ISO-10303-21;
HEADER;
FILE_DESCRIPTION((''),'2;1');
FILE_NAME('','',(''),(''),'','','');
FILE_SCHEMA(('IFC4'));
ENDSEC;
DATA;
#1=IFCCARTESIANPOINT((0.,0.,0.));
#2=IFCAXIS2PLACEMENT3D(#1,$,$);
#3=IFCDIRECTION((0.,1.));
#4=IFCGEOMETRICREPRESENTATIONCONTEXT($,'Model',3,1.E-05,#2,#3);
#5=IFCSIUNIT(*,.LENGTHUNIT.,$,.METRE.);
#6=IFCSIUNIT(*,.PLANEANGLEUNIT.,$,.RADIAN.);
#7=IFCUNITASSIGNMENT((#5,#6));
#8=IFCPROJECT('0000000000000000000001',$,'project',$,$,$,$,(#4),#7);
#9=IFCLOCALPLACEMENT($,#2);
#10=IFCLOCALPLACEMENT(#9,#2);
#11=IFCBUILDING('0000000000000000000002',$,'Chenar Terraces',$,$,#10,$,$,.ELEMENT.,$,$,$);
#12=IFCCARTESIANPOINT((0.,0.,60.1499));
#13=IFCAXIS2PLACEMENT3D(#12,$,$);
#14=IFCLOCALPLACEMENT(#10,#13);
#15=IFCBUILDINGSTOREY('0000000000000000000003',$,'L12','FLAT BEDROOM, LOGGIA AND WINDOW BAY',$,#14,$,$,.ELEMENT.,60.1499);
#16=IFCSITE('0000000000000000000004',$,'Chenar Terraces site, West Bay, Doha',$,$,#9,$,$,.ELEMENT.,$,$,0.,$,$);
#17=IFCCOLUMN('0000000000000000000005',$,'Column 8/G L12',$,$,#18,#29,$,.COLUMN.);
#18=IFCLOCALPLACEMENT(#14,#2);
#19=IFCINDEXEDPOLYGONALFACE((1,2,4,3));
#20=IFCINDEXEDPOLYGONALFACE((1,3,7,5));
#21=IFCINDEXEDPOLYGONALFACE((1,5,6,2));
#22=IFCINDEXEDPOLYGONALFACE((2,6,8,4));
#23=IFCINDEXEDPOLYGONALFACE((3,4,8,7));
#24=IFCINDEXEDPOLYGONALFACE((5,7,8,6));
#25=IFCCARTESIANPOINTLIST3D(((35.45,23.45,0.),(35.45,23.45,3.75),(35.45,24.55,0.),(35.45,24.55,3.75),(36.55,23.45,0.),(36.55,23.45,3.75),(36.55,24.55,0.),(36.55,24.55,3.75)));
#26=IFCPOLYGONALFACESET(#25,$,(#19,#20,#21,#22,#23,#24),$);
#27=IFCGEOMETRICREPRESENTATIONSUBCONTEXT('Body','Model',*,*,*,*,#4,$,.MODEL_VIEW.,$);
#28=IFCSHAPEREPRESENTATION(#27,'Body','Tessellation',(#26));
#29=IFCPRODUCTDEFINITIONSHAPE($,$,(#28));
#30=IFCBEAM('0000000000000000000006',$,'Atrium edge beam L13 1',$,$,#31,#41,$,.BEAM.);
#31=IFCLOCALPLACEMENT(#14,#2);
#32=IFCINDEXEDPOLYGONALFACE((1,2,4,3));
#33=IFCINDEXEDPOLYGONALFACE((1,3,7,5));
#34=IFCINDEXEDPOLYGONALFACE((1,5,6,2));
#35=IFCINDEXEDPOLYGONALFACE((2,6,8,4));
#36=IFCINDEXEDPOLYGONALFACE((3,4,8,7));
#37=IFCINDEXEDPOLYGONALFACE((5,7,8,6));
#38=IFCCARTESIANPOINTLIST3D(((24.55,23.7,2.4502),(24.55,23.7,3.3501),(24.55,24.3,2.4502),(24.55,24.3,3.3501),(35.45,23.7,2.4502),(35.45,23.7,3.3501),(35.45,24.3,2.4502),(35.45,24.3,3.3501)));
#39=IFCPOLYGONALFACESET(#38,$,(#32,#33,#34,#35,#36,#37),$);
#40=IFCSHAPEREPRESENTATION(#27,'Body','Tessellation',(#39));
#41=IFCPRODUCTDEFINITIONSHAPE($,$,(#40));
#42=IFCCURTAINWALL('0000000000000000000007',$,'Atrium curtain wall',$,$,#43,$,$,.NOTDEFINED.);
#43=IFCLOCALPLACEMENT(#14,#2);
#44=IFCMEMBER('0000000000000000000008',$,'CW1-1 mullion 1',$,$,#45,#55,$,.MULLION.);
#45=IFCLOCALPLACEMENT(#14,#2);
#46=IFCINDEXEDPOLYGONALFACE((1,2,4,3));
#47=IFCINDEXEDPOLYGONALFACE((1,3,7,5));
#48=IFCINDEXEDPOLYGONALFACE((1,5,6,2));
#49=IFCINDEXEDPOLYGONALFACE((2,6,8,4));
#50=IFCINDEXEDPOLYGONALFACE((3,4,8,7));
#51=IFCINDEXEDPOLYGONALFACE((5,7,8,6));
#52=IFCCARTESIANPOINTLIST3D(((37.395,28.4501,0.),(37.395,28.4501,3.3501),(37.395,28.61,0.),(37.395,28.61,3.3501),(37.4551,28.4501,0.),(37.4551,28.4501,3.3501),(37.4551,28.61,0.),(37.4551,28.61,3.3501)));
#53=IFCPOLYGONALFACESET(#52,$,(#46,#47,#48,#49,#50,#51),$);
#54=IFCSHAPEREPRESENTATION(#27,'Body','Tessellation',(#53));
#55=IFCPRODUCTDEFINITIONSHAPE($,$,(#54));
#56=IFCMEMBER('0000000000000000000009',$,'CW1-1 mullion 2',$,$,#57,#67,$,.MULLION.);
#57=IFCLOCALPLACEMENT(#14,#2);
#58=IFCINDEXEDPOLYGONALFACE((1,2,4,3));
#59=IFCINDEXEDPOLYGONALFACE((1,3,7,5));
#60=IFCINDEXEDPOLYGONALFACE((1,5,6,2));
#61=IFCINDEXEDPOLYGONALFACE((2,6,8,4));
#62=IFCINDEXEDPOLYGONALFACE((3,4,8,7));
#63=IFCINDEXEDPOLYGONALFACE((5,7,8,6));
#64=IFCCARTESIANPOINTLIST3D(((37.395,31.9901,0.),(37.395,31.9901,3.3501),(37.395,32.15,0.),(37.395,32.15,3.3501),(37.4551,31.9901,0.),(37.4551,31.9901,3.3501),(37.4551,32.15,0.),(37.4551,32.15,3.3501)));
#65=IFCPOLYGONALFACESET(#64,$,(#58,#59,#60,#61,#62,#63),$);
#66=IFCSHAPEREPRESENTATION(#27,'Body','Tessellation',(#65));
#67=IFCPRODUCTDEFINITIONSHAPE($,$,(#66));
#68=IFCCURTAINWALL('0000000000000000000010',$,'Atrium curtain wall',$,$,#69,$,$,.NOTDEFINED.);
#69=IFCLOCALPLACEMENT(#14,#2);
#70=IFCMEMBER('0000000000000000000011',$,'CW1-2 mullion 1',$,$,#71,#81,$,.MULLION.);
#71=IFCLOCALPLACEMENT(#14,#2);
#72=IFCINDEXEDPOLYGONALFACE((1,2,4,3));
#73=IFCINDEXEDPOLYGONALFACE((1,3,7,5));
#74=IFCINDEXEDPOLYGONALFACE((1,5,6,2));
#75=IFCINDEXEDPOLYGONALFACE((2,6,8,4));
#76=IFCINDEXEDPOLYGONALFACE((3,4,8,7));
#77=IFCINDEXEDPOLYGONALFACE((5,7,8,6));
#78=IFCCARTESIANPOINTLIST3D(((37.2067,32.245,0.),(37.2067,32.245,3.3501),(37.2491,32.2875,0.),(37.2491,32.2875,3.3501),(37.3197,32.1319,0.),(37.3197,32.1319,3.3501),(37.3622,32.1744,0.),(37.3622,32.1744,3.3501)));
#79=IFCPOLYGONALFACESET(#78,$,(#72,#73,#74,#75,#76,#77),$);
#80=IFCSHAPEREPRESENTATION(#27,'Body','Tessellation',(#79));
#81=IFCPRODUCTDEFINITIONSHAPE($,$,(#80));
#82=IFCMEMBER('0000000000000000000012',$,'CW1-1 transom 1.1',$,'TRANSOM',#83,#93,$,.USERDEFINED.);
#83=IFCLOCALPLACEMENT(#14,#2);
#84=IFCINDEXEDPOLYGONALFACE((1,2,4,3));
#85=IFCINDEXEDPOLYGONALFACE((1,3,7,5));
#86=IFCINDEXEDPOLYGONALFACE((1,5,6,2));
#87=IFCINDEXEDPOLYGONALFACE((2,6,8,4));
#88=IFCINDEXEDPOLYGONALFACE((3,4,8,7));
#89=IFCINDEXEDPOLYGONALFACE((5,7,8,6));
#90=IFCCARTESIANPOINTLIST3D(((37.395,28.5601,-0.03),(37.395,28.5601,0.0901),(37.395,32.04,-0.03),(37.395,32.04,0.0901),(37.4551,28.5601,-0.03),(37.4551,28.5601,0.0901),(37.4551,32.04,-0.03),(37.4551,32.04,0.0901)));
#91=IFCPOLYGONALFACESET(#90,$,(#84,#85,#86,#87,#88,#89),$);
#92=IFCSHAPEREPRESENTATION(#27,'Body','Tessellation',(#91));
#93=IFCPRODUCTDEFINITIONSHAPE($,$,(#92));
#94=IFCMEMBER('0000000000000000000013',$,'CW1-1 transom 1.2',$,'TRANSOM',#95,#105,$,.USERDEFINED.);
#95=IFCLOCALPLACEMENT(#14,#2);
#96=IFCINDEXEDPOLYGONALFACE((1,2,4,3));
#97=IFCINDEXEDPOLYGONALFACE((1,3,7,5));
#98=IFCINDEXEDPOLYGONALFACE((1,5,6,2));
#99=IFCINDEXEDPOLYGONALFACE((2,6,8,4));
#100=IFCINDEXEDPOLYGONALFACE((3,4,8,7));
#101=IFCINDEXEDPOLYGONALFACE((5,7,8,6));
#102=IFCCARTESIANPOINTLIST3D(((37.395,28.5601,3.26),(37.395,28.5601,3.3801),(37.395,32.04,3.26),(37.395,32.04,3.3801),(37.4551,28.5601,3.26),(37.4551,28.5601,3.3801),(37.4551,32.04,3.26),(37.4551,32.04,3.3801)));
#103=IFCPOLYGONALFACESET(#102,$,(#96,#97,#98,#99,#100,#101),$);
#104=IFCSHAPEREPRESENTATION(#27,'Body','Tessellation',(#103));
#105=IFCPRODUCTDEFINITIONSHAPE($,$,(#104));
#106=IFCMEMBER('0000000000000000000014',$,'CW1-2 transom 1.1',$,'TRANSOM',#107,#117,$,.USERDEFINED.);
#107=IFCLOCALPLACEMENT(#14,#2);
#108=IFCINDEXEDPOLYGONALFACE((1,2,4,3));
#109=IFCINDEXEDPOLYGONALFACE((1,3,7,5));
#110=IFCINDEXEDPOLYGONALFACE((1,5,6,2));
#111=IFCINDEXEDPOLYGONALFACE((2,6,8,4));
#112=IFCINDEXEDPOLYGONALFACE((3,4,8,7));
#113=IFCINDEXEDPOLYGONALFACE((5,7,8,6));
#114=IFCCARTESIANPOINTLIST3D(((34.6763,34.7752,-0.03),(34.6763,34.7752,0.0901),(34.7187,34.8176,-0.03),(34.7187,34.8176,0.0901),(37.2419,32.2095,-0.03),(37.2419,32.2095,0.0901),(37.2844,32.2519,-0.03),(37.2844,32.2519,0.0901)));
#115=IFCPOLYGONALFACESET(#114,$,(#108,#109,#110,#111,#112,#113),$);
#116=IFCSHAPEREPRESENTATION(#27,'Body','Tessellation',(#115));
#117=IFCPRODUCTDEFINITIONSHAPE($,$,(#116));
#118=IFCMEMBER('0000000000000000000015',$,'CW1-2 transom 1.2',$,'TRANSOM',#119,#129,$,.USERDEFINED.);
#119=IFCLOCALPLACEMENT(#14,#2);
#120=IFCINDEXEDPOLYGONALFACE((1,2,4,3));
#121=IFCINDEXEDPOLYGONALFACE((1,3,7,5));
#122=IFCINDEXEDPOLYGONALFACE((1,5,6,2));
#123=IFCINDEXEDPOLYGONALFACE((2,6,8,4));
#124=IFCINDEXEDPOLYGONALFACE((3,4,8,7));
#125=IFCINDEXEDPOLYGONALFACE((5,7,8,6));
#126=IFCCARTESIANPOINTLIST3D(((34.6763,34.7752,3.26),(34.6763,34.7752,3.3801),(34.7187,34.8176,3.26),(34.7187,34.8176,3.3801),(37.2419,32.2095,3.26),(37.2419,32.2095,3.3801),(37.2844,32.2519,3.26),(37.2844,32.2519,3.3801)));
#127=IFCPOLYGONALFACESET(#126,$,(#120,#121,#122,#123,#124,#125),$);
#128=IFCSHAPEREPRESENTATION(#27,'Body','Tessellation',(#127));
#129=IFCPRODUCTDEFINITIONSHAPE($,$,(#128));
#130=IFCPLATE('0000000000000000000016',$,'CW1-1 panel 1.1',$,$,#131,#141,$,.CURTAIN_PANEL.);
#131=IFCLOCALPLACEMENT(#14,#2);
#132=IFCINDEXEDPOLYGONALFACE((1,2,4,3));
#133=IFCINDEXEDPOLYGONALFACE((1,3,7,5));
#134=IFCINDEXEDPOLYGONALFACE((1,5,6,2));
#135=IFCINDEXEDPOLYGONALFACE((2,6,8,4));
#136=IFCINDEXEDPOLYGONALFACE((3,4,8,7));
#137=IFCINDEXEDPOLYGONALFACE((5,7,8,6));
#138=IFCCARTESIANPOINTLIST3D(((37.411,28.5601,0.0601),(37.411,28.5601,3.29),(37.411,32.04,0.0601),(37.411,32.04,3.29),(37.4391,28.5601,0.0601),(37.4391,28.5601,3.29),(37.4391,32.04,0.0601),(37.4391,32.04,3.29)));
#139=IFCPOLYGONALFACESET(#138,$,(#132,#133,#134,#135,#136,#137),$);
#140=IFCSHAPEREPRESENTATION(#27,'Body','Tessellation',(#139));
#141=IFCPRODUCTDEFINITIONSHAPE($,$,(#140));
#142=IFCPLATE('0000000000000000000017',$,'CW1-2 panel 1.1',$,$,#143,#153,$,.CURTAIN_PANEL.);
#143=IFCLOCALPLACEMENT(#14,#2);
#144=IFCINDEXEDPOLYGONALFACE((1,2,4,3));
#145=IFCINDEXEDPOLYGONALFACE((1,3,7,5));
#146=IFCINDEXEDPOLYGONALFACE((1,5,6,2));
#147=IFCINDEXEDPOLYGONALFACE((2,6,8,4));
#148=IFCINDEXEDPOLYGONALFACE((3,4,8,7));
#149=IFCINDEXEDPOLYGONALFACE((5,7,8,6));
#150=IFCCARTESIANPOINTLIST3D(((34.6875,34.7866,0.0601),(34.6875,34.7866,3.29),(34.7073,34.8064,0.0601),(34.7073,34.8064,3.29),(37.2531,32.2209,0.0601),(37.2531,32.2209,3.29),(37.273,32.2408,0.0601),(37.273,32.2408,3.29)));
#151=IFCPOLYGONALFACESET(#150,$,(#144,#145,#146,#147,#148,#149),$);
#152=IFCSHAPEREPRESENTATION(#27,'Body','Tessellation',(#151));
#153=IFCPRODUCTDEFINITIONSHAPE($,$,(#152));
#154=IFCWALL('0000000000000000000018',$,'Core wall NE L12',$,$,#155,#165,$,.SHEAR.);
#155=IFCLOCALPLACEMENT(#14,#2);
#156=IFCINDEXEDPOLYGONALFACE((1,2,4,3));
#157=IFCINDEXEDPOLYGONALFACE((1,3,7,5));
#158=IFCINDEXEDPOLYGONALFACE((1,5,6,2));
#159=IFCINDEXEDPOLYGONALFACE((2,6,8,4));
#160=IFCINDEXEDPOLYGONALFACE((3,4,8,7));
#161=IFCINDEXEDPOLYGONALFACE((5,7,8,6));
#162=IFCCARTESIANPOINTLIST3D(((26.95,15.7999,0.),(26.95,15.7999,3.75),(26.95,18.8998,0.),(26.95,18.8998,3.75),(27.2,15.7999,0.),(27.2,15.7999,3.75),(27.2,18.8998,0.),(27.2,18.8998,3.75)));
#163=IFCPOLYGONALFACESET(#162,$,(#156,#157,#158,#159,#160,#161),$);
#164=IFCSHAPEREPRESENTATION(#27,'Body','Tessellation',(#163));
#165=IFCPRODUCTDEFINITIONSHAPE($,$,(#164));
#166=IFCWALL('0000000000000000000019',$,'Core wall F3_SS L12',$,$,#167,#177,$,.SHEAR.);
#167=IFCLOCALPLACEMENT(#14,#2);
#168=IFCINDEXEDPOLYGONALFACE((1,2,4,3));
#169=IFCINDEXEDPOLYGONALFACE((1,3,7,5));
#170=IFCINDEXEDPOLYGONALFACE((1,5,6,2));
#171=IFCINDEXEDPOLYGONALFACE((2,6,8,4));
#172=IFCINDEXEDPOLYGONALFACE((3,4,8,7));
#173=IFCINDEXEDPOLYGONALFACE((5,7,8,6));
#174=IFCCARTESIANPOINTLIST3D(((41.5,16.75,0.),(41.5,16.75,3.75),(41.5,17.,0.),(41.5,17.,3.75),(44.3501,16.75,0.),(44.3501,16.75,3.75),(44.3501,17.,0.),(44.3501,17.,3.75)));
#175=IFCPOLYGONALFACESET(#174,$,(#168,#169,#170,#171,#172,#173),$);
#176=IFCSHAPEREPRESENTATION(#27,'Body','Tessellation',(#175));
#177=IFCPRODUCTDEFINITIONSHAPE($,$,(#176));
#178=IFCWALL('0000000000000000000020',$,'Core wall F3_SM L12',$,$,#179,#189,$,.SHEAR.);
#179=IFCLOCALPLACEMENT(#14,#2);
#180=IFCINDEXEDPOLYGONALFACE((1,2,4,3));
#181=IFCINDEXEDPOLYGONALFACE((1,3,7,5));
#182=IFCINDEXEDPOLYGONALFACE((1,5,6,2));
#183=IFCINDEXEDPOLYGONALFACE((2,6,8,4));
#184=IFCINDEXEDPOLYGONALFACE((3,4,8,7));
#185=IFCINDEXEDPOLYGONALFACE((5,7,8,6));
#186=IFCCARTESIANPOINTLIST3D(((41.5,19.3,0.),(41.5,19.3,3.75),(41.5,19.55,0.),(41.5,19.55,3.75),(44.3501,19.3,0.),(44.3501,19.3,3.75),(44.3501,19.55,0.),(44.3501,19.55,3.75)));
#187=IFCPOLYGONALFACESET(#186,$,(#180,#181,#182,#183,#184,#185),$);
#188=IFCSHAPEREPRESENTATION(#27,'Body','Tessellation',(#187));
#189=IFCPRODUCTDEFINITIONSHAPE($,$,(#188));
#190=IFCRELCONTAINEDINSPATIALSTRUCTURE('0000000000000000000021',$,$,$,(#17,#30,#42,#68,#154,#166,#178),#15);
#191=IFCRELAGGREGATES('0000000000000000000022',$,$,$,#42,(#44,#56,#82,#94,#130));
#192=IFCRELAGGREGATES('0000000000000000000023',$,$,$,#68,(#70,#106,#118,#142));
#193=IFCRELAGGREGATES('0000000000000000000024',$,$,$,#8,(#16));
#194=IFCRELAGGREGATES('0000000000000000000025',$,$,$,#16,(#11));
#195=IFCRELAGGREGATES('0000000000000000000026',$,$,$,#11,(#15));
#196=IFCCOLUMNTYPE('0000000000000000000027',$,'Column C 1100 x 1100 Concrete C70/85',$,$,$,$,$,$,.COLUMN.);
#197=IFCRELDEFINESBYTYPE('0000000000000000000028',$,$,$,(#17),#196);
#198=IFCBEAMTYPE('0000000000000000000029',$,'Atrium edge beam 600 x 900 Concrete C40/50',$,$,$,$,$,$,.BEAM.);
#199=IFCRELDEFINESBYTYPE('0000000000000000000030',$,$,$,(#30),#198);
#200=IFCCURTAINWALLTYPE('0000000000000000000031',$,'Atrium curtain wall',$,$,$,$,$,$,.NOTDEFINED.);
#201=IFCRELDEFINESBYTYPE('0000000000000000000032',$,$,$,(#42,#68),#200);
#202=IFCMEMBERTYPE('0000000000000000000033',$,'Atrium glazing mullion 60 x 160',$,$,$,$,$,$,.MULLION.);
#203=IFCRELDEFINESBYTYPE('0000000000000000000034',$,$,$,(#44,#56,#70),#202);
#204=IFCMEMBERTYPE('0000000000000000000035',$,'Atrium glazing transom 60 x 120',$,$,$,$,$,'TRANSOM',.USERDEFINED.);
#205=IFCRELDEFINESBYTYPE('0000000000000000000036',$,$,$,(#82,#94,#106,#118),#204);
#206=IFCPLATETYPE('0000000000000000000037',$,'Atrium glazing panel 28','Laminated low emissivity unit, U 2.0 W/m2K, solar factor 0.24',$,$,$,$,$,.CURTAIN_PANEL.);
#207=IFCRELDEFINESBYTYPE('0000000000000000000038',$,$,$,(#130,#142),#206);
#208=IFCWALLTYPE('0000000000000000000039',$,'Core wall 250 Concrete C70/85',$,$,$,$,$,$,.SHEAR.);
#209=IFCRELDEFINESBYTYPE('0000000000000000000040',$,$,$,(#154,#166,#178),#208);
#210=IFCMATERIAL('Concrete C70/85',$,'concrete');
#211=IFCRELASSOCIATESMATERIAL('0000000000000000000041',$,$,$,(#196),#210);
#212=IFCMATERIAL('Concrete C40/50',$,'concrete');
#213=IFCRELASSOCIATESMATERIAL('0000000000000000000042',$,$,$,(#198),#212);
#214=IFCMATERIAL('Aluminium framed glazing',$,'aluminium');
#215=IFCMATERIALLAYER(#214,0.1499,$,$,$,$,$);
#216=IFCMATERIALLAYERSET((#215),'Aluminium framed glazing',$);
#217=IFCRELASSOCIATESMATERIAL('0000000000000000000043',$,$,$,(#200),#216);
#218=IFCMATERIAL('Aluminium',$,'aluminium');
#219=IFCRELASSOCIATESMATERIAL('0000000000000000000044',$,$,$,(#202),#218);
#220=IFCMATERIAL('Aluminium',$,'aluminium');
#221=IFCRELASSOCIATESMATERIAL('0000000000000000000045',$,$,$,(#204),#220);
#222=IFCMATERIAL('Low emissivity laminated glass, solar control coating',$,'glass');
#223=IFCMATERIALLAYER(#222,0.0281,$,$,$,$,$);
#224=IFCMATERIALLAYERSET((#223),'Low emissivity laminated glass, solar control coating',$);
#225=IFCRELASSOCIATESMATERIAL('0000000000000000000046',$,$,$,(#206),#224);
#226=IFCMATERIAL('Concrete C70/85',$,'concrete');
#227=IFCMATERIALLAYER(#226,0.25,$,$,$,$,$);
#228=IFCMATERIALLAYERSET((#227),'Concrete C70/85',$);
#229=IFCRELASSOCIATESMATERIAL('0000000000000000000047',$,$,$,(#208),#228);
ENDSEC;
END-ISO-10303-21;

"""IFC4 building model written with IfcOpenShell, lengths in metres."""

from ifc_helpers import new_model, si_unit, direction, frame, frame_2d, origin, origin_2d, place, context, subcontext, project, spatial, rectangle, extrude, material, layer, layer_set, material_profile, profile_set, type_object, element, aggregate, save


model = new_model("IFC4")

# Units and contexts
model_context = context("Model", 3, precision=1e-05, world=origin(), true_north=direction((0.0, 1.0)))
body_context = subcontext(model_context, "Body", "Model", "MODEL_VIEW")
ifc_project = project(units=[si_unit("LENGTHUNIT", "METRE"), si_unit("PLANEANGLEUNIT", "RADIAN")], contexts=[model_context])

# Site, building, storey
site_placement = place(None, origin())
site = spatial("IfcSite", under=ifc_project, at=site_placement, Name="Chenar Terraces site, West Bay, Doha", CompositionType="ELEMENT", RefElevation=0.0)
building_placement = place(site_placement, origin())
building = spatial("IfcBuilding", under=site, at=building_placement, Name="Chenar Terraces", CompositionType="ELEMENT")
storey_placement = place(building_placement, frame((0.0, 0.0, 60.1499)))
storey = spatial("IfcBuildingStorey", under=building, at=storey_placement, Name="L12", Description="FLAT BEDROOM, LOGGIA AND WINDOW BAY", CompositionType="ELEMENT", Elevation=60.1499)

# Column
ifc_material_1 = material(Name="Concrete C70/85", Category="concrete")
ifc_material_profile_1 = material_profile(ifc_material_1, rectangle(XDim=1.1001, YDim=1.1001, at=origin_2d()), Name="C 1100 x 1100")
ifc_profile_set_1 = profile_set([ifc_material_profile_1], Name="Concrete C70/85")
column_type = type_object("IfcColumnType", Name="Column C 1100 x 1100 Concrete C70/85", PredefinedType="COLUMN", material=ifc_profile_set_1)
column_placement = place(storey_placement, frame((36.0, 24.0, 0.0), z_axis=(0.0, 0.0, 1.0), x_axis=(1.0, 0.0, 0.0)))
element("IfcColumn", 1, at=column_placement, inside=storey, type_object=column_type, Name="Column 8/G L12", PredefinedType="COLUMN", context=body_context, shape_type="SweptSolid", body=[
    extrude(rectangle(XDim=1.1001, YDim=1.1001, at=origin_2d()), origin(), (0.0, 0.0, 1.0), 3.75),
])

# Beam
ifc_material_2 = material(Name="Concrete C40/50", Category="concrete")
ifc_material_profile_2 = material_profile(ifc_material_2, rectangle(XDim=0.6001, YDim=0.8999, at=origin_2d()), Name="RC 600 x 900")
ifc_profile_set_2 = profile_set([ifc_material_profile_2], Name="Concrete C40/50")
beam_type = type_object("IfcBeamType", Name="Atrium edge beam 600 x 900 Concrete C40/50", PredefinedType="BEAM", material=ifc_profile_set_2)
beam_placement = place(storey_placement, frame((24.55, 24.0, 2.9001), z_axis=(1.0, 0.0, 0.0), x_axis=(0.0, 1.0, 0.0)))
element("IfcBeam", 2, at=beam_placement, inside=storey, type_object=beam_type, Name="Atrium edge beam L13 1", PredefinedType="BEAM", context=body_context, shape_type="SweptSolid", body=[
    extrude(rectangle(XDim=0.6001, YDim=0.8999, at=origin_2d()), origin(), (0.0, 0.0, 1.0), 10.8999),
])

# Curtain wall, members
ifc_material_3 = material(Name="Aluminium framed glazing", Category="aluminium")
ifc_layer_1 = layer(ifc_material_3, 0.1499)
ifc_layer_set_1 = layer_set([ifc_layer_1], Name="Aluminium framed glazing")
curtain_wall_type = type_object("IfcCurtainWallType", Name="Atrium curtain wall", PredefinedType="NOTDEFINED", material=ifc_layer_set_1)
placement = place(storey_placement, origin())
curtain_wall_1 = element("IfcCurtainWall", 3, at=placement, inside=storey, type_object=curtain_wall_type, Name="Atrium curtain wall", PredefinedType="NOTDEFINED")
ifc_material_4 = material(Name="Aluminium", Category="aluminium")
ifc_material_profile_3 = material_profile(ifc_material_4, rectangle(XDim=0.0601, YDim=0.1599, at=origin_2d()), Name="Atrium glazing mullion 60 x 160")
ifc_profile_set_3 = profile_set([ifc_material_profile_3], Name="Aluminium")
member_type_1 = type_object("IfcMemberType", Name="Atrium glazing mullion 60 x 160", PredefinedType="MULLION", material=ifc_profile_set_3)
member_1_placement = place(storey_placement, frame((37.425, 28.53, 0.0), z_axis=(0.0, 0.0, 1.0), x_axis=(-1.0, 0.0, 0.0)))
member_1 = element("IfcMember", 4, at=member_1_placement, type_object=member_type_1, Name="CW1-1 mullion 1", PredefinedType="MULLION", context=body_context, shape_type="SweptSolid", body=[
    extrude(rectangle(XDim=0.0601, YDim=0.1599, at=origin_2d()), origin(), (0.0, 0.0, 1.0), 3.3501),
])
member_2_placement = place(storey_placement, frame((37.425, 32.0701, 0.0), z_axis=(0.0, 0.0, 1.0), x_axis=(-1.0, 0.0, 0.0)))
member_2 = element("IfcMember", 5, at=member_2_placement, type_object=member_type_1, Name="CW1-1 mullion 2", PredefinedType="MULLION", context=body_context, shape_type="SweptSolid", body=[
    extrude(rectangle(XDim=0.0601, YDim=0.1599, at=origin_2d()), origin(), (0.0, 0.0, 1.0), 3.3501),
])

# Curtain wall, member
curtain_wall_2 = element("IfcCurtainWall", 6, at=placement, inside=storey, type_object=curtain_wall_type, Name="Atrium curtain wall", PredefinedType="NOTDEFINED")
member_3_placement = place(storey_placement, frame((37.2844, 32.2097, 0.0), z_axis=(0.0, 0.0, 1.0), x_axis=(-0.707107, -0.707107, 0.0)))
member_3 = element("IfcMember", 7, at=member_3_placement, type_object=member_type_1, Name="CW1-2 mullion 1", PredefinedType="MULLION", context=body_context, shape_type="SweptSolid", body=[
    extrude(rectangle(XDim=0.0601, YDim=0.1599, at=origin_2d()), origin(), (0.0, 0.0, 1.0), 3.3501),
])

# Members
ifc_material_5 = material(Name="Aluminium", Category="aluminium")
ifc_material_profile_4 = material_profile(ifc_material_5, rectangle(XDim=0.0601, YDim=0.1201, at=origin_2d()), Name="Atrium glazing transom 60 x 120")
ifc_profile_set_4 = profile_set([ifc_material_profile_4], Name="Aluminium")
member_type_2 = type_object("IfcMemberType", Name="Atrium glazing transom 60 x 120", ElementType="TRANSOM", PredefinedType="USERDEFINED", material=ifc_profile_set_4)
member_4_placement = place(storey_placement, frame((37.425, 28.5601, 0.03), z_axis=(0.0, 1.0, 0.0), x_axis=(-1.0, 0.0, 0.0)))
member_4 = element("IfcMember", 8, at=member_4_placement, type_object=member_type_2, Name="CW1-1 transom 1.1", ObjectType="TRANSOM", PredefinedType="USERDEFINED", context=body_context, shape_type="SweptSolid", body=[
    extrude(rectangle(XDim=0.0601, YDim=0.1201, at=origin_2d()), origin(), (0.0, 0.0, 1.0), 3.48),
])
member_5_placement = place(storey_placement, frame((37.425, 28.5601, 3.3201), z_axis=(0.0, 1.0, 0.0), x_axis=(-1.0, 0.0, 0.0)))
member_5 = element("IfcMember", 9, at=member_5_placement, type_object=member_type_2, Name="CW1-1 transom 1.2", ObjectType="TRANSOM", PredefinedType="USERDEFINED", context=body_context, shape_type="SweptSolid", body=[
    extrude(rectangle(XDim=0.0601, YDim=0.1201, at=origin_2d()), origin(), (0.0, 0.0, 1.0), 3.48),
])
member_6_placement = place(storey_placement, frame((37.2632, 32.2307, 0.03), z_axis=(-0.707107, 0.707107, 0.0), x_axis=(-0.707107, -0.707107, 0.0)))
member_6 = element("IfcMember", 10, at=member_6_placement, type_object=member_type_2, Name="CW1-2 transom 1.1", ObjectType="TRANSOM", PredefinedType="USERDEFINED", context=body_context, shape_type="SweptSolid", body=[
    extrude(rectangle(XDim=0.0601, YDim=0.1201, at=origin_2d()), origin(), (0.0, 0.0, 1.0), 3.6284),
])
member_7_placement = place(storey_placement, frame((37.2632, 32.2307, 3.3201), z_axis=(-0.707107, 0.707107, 0.0), x_axis=(-0.707107, -0.707107, 0.0)))
member_7 = element("IfcMember", 11, at=member_7_placement, type_object=member_type_2, Name="CW1-2 transom 1.2", ObjectType="TRANSOM", PredefinedType="USERDEFINED", context=body_context, shape_type="SweptSolid", body=[
    extrude(rectangle(XDim=0.0601, YDim=0.1201, at=origin_2d()), origin(), (0.0, 0.0, 1.0), 3.6284),
])

# Plates
ifc_material_6 = material(Name="Low emissivity laminated glass, solar control coating", Category="glass")
ifc_layer_2 = layer(ifc_material_6, 0.0281)
ifc_layer_set_2 = layer_set([ifc_layer_2], Name="Low emissivity laminated glass, solar control coating")
plate_type = type_object("IfcPlateType", Name="Atrium glazing panel 28", Description="Laminated low emissivity unit, U 2.0 W/m2K, solar factor 0.24", PredefinedType="CURTAIN_PANEL", material=ifc_layer_set_2)
plate_1_placement = place(storey_placement, frame((37.425, 30.3, 0.0601), z_axis=(0.0, 0.0, 1.0), x_axis=(0.0, 1.0, 0.0)))
plate_1 = element("IfcPlate", 12, at=plate_1_placement, type_object=plate_type, Name="CW1-1 panel 1.1", PredefinedType="CURTAIN_PANEL", context=body_context, shape_type="SweptSolid", body=[
    extrude(rectangle(XDim=3.48, YDim=0.0281, at=origin_2d()), origin(), (0.0, 0.0, 1.0), 3.23),
])
aggregate(curtain_wall_1, [member_1, member_2, member_4, member_5, plate_1])
plate_2_placement = place(storey_placement, frame((35.9802, 33.5137, 0.0601), z_axis=(0.0, 0.0, 1.0), x_axis=(-0.707107, 0.707107, 0.0)))
plate_2 = element("IfcPlate", 13, at=plate_2_placement, type_object=plate_type, Name="CW1-2 panel 1.1", PredefinedType="CURTAIN_PANEL", context=body_context, shape_type="SweptSolid", body=[
    extrude(rectangle(XDim=3.6284, YDim=0.0281, at=origin_2d()), origin(), (0.0, 0.0, 1.0), 3.23),
])
aggregate(curtain_wall_2, [member_3, member_6, member_7, plate_2])

# Walls
ifc_material_7 = material(Name="Concrete C70/85", Category="concrete")
ifc_layer_3 = layer(ifc_material_7, 0.25)
ifc_layer_set_3 = layer_set([ifc_layer_3], Name="Concrete C70/85")
wall_type_1 = type_object("IfcWallType", Name="Core wall 250 Concrete C70/85", PredefinedType="SHEAR", material=ifc_layer_set_3)
wall_1_placement = place(storey_placement, frame((27.075, 15.8, 0.0), z_axis=(0.0, 0.0, 1.0), x_axis=(0.0, 1.0, 0.0)))
element("IfcWall", 14, at=wall_1_placement, inside=storey, type_object=wall_type_1, Name="Core wall NE L12", PredefinedType="SHEAR", context=body_context, shape_type="SweptSolid", body=[
    extrude(rectangle(XDim=3.0999, YDim=0.25, at=frame_2d((1.5498, 0.0))), origin(), (0.0, 0.0, 1.0), 3.75),
])
for number, where, z_axis, x_axis, name in (
    (15, (41.5, 16.875, 0.0), (0.0, 0.0, 1.0), (1.0, 0.0, 0.0), "Core wall F3_SS L12"),
    (16, (41.5, 19.425, 0.0), (0.0, 0.0, 1.0), (1.0, 0.0, 0.0), "Core wall F3_SM L12"),
):
    element("IfcWall", number, at=place(storey_placement, frame(where, z_axis=z_axis, x_axis=x_axis)), inside=storey, type_object=wall_type_1, Name=name, PredefinedType="SHEAR", context=body_context, shape_type="SweptSolid", body=[
        extrude(rectangle(XDim=2.8501, YDim=0.25, at=frame_2d((1.425, 0.0))), origin(), (0.0, 0.0, 1.0), 3.75),
    ])

save(model, "model.ifc")
